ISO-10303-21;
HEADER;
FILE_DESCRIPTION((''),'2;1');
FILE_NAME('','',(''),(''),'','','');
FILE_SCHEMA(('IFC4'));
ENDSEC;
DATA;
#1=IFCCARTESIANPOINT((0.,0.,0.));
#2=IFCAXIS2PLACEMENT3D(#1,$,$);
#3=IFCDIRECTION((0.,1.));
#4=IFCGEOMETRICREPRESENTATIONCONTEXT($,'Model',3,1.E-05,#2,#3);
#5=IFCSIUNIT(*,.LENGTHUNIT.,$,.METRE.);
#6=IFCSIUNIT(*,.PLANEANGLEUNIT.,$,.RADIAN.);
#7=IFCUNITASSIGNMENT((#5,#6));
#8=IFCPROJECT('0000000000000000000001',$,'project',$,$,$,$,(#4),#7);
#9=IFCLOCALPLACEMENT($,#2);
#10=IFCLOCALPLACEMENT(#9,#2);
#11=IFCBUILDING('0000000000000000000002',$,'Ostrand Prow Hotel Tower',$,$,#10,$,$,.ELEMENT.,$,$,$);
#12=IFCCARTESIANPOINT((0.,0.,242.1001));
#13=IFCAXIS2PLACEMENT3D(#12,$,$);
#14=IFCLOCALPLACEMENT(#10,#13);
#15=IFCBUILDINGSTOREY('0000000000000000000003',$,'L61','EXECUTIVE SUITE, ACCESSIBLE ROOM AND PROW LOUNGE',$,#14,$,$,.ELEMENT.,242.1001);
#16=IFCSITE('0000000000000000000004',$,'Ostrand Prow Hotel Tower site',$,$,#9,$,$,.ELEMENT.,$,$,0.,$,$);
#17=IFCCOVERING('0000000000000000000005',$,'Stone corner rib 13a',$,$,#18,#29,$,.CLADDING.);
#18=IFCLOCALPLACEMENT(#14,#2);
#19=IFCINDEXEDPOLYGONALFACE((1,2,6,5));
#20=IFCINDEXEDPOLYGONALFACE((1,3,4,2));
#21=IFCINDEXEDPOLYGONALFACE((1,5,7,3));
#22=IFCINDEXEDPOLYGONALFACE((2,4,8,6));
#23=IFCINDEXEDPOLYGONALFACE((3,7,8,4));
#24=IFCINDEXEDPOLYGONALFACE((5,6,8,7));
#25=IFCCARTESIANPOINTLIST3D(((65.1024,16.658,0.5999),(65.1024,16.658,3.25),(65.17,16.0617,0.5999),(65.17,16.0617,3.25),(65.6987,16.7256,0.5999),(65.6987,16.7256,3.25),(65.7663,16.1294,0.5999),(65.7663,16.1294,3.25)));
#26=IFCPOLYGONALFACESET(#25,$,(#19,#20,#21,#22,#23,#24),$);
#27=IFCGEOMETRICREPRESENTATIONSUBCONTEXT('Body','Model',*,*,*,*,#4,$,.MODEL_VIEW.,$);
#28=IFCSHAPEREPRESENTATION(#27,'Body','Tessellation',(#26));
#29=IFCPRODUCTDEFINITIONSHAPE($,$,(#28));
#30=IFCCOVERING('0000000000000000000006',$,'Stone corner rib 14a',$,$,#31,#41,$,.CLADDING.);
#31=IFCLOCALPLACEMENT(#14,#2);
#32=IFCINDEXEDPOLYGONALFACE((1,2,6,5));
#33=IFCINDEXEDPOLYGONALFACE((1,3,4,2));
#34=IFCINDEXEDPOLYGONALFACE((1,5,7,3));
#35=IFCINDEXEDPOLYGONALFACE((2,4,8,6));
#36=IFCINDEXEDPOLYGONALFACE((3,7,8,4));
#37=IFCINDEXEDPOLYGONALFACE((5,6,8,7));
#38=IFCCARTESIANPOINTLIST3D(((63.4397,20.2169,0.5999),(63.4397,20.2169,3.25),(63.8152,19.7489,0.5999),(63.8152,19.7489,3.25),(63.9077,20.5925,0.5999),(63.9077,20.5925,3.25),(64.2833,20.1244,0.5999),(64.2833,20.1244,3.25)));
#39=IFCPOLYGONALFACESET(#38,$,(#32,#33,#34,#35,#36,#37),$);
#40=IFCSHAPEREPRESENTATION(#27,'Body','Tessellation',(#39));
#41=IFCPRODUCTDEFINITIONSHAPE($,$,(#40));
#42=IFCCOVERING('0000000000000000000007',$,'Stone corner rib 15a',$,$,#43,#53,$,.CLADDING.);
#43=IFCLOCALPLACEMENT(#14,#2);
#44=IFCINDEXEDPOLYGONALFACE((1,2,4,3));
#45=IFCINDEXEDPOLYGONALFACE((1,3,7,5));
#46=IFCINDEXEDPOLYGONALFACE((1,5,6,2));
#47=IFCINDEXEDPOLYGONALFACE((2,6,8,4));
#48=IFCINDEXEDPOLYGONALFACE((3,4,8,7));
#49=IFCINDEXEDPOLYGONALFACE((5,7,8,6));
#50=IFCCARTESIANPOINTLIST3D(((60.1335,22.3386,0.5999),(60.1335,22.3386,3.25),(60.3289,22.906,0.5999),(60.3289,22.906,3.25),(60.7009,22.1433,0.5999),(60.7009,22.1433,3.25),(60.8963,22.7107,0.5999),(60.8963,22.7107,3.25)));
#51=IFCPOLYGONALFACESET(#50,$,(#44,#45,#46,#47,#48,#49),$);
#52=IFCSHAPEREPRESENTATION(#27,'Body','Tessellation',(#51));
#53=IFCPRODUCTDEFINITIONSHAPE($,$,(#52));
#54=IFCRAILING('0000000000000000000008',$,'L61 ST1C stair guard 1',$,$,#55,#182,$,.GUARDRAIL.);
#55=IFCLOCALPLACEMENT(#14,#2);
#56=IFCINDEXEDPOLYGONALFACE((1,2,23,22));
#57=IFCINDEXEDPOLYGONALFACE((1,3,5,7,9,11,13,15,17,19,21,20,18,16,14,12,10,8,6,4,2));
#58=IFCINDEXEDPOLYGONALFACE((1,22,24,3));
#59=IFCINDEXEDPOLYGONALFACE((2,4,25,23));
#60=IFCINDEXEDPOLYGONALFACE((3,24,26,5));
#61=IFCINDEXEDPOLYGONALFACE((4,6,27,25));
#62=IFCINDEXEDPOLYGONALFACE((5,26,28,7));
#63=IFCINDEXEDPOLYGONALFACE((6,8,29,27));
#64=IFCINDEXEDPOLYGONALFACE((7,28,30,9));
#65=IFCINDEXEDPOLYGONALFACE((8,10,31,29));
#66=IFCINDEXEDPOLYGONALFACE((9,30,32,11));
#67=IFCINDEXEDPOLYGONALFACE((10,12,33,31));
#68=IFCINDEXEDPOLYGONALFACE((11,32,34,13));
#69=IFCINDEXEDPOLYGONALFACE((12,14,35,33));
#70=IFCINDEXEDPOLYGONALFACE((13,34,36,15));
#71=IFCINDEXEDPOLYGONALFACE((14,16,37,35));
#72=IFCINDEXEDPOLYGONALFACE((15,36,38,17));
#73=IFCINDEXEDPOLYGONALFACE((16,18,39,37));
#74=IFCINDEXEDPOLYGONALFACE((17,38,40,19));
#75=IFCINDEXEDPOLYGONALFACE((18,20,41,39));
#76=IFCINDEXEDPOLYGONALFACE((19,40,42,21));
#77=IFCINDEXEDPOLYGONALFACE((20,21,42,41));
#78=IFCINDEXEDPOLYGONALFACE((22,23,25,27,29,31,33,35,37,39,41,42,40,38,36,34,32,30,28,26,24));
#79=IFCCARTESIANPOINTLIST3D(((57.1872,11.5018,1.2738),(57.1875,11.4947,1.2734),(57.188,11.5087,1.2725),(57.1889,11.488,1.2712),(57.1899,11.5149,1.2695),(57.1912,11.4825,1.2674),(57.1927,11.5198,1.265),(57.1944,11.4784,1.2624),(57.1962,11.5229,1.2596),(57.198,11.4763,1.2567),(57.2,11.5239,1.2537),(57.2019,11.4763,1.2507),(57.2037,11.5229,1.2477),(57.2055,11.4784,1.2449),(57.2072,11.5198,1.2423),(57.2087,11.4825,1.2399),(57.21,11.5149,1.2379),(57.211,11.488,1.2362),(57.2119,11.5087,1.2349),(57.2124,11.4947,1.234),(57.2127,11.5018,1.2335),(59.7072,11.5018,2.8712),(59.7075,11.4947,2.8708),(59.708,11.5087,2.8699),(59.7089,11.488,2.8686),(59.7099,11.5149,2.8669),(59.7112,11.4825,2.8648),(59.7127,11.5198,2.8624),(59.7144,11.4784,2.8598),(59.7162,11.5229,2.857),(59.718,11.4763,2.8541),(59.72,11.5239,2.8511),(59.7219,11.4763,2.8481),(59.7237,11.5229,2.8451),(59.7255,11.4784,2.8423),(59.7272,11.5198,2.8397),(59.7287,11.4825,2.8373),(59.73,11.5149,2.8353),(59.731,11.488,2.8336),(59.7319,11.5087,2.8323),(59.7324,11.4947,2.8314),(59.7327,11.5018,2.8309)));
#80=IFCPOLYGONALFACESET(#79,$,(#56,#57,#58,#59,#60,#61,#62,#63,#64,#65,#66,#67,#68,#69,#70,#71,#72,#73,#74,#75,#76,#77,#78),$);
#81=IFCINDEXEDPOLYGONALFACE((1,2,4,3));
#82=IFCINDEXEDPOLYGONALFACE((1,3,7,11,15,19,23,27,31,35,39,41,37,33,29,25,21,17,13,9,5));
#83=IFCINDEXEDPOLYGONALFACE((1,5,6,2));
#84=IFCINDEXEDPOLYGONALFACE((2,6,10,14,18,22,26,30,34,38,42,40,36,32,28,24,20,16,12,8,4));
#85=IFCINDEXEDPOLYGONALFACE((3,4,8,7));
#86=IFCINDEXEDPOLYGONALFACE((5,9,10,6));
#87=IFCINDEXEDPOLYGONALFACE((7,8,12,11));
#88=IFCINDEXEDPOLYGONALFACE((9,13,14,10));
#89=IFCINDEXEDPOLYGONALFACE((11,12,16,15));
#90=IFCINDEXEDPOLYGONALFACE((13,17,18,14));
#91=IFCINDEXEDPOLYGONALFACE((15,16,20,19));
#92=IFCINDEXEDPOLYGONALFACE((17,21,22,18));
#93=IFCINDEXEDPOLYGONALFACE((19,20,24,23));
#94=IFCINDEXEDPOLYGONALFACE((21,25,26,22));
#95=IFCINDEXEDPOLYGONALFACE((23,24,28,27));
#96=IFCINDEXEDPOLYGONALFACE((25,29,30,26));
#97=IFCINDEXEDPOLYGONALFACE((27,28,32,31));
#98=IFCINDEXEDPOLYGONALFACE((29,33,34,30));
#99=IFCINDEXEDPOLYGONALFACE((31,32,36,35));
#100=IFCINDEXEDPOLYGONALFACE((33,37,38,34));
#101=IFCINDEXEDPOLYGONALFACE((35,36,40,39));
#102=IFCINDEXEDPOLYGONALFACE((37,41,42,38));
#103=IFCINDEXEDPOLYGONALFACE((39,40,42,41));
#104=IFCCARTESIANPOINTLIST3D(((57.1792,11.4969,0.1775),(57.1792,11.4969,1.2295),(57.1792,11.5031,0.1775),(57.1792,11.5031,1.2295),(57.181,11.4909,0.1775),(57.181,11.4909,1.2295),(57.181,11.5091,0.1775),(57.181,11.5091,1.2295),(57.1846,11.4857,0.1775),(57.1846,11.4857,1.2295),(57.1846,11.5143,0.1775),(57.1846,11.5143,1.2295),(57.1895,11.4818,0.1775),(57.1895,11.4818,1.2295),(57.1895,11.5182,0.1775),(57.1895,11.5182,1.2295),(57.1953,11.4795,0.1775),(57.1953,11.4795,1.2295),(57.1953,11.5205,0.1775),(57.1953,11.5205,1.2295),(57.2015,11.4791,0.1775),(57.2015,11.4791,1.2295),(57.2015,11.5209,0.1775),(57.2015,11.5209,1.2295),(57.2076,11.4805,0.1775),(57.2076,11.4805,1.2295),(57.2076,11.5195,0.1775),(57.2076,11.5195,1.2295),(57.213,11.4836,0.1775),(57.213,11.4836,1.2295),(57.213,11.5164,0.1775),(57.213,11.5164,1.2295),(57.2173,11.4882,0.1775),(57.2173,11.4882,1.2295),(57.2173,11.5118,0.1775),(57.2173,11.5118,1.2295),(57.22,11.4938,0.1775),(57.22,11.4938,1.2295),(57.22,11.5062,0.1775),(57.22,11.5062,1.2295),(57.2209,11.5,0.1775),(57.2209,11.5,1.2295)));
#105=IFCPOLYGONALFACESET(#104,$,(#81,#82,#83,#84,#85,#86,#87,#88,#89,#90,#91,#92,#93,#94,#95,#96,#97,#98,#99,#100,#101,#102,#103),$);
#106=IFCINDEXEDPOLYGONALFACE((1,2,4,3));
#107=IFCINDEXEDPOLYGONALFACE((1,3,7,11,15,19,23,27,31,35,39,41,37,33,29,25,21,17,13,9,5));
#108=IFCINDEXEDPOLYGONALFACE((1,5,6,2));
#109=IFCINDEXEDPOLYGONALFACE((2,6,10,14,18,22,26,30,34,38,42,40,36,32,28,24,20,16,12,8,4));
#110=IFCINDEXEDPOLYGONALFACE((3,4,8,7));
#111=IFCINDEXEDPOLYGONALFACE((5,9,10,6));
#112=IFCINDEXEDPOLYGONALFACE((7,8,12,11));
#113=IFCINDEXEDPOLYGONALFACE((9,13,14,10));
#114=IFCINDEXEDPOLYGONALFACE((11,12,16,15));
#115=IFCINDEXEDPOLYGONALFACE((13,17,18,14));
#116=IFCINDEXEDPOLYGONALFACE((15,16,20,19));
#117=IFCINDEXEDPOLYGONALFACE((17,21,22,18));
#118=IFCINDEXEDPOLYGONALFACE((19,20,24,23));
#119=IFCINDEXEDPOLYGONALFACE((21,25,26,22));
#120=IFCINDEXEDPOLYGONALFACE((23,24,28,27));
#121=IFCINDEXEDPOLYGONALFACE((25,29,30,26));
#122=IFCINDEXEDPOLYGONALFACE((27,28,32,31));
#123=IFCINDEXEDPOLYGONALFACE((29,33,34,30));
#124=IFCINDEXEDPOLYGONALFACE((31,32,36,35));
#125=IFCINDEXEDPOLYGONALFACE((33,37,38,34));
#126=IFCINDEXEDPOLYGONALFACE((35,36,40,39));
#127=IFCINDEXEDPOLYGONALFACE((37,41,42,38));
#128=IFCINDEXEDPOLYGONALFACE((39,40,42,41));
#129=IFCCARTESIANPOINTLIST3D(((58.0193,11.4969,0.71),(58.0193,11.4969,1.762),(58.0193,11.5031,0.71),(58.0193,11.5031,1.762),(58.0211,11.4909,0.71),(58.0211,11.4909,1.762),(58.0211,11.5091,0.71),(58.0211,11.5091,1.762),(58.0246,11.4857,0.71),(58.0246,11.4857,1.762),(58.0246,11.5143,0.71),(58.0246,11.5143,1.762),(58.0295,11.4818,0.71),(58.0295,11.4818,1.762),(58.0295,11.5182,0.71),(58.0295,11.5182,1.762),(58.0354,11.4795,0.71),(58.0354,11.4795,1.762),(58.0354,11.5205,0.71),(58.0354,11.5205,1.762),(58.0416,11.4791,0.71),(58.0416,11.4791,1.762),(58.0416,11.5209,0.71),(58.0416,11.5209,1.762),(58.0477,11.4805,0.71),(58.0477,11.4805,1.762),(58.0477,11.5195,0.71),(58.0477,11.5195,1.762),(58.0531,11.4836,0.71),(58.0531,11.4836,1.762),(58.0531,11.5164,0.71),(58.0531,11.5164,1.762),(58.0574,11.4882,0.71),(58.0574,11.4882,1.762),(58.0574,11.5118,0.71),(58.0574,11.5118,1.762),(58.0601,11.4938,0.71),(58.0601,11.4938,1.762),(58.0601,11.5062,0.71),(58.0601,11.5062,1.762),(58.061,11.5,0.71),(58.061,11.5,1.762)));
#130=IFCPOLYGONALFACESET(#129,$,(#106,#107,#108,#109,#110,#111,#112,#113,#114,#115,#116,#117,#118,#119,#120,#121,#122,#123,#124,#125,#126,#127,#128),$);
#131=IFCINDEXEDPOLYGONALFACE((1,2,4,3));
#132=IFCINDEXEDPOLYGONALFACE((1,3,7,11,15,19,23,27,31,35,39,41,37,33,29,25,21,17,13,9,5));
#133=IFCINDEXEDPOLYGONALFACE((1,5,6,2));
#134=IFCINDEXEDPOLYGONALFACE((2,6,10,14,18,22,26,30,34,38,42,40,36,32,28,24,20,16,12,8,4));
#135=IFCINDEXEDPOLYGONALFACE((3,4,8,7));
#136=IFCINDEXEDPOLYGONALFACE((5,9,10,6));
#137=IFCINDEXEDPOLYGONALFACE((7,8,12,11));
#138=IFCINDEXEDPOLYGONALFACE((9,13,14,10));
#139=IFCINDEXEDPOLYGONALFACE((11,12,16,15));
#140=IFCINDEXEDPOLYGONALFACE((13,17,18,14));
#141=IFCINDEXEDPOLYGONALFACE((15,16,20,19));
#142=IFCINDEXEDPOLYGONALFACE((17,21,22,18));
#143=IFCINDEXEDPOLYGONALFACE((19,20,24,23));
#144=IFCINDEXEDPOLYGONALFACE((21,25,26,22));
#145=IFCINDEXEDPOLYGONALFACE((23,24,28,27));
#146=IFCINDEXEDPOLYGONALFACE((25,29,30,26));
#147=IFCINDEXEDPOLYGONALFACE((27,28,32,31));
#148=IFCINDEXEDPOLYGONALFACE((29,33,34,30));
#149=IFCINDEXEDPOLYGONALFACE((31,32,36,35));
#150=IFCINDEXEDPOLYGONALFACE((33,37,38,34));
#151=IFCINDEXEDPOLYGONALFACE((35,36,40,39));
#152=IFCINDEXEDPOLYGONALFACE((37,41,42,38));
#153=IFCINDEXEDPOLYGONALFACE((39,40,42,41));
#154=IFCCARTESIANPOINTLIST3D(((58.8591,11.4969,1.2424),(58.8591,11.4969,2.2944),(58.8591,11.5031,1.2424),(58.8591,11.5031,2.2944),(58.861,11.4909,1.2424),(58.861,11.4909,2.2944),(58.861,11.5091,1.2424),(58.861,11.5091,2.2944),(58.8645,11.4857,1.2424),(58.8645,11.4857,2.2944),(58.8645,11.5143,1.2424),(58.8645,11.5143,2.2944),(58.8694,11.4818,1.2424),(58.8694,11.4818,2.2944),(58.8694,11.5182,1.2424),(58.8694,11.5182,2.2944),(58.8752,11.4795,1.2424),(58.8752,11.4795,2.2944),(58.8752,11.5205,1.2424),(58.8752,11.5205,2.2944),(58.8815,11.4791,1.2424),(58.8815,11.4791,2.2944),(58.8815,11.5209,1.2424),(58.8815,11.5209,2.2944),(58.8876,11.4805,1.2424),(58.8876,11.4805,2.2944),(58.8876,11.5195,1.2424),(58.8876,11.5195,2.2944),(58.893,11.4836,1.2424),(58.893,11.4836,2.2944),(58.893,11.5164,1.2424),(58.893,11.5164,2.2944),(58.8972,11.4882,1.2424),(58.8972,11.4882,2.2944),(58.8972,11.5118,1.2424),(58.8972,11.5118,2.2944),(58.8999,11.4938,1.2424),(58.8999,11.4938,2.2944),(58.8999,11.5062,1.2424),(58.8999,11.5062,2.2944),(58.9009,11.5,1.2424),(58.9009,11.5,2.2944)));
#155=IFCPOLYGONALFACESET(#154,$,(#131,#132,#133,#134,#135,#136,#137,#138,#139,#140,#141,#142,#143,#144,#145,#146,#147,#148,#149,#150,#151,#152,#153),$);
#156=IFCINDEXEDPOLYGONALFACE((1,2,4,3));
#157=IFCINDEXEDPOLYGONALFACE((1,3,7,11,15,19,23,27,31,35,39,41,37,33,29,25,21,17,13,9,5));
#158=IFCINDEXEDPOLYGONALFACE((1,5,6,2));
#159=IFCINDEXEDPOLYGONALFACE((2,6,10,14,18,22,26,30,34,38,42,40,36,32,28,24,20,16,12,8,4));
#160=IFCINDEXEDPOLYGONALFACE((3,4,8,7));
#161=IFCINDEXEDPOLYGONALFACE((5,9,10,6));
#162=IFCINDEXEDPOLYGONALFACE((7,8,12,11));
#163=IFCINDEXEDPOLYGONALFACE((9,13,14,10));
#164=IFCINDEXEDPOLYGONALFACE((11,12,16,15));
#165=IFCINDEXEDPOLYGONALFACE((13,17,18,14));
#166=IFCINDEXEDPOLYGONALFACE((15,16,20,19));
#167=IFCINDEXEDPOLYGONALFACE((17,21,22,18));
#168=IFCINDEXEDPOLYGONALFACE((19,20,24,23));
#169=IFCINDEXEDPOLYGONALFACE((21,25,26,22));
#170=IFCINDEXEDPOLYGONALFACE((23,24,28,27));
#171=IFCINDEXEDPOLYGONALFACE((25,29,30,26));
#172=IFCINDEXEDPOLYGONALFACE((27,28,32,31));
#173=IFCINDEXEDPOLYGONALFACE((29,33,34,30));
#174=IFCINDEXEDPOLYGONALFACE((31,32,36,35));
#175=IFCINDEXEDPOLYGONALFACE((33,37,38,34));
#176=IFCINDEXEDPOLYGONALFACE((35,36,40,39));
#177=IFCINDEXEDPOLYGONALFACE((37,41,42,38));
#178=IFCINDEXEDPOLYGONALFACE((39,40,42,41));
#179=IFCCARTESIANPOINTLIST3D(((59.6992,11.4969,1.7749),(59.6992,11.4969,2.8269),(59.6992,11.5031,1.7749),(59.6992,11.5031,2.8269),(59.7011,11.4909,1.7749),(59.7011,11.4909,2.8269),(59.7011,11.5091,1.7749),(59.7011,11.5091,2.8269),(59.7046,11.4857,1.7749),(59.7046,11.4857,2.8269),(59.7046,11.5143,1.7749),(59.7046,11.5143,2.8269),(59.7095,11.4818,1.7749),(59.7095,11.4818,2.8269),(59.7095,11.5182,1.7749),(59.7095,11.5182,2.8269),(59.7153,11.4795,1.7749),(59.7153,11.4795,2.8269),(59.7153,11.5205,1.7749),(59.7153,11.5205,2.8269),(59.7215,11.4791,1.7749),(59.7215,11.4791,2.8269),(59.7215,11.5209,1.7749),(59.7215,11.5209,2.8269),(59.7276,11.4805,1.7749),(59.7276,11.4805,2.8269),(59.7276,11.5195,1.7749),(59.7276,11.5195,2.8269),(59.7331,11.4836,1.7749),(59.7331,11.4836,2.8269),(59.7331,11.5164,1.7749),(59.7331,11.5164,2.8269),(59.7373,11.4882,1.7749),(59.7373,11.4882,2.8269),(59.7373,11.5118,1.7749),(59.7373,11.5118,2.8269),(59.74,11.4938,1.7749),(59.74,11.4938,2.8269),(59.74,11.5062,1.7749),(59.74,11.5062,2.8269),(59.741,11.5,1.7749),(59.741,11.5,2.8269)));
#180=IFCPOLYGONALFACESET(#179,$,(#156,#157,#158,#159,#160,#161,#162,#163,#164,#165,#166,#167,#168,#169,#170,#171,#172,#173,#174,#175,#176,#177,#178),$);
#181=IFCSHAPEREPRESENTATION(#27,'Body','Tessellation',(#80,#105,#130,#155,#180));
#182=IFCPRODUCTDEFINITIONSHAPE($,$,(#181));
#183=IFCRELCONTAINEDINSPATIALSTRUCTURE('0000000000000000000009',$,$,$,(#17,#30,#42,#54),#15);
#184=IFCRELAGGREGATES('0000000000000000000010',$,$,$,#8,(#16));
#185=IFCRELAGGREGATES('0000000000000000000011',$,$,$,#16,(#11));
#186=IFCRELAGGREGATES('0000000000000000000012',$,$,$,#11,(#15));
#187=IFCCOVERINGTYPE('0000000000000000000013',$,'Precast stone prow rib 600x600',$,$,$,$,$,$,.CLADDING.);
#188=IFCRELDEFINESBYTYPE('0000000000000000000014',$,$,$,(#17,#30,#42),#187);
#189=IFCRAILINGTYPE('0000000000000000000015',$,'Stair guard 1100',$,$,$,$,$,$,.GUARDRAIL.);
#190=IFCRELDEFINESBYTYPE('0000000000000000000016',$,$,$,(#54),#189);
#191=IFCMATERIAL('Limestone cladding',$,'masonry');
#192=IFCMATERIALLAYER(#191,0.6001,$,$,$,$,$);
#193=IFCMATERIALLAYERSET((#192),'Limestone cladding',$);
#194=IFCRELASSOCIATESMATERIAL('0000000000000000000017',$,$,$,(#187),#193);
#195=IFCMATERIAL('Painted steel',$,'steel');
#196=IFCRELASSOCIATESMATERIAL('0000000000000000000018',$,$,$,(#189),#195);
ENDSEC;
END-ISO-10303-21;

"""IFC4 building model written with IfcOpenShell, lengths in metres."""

from ifc_helpers import new_model, si_unit, direction, frame, frame_2d, origin, origin_2d, place, context, subcontext, project, spatial, rectangle, circle, extrude, material, layer, layer_set, type_object, element, save


model = new_model("IFC4")

# Units and contexts
model_context = context("Model", 3, precision=1e-05, world=origin(), true_north=direction((0.0, 1.0)))
body_context = subcontext(model_context, "Body", "Model", "MODEL_VIEW")
ifc_project = project(units=[si_unit("LENGTHUNIT", "METRE"), si_unit("PLANEANGLEUNIT", "RADIAN")], contexts=[model_context])

# Site, building, storey
site_placement = place(None, origin())
site = spatial("IfcSite", under=ifc_project, at=site_placement, Name="Ostrand Prow Hotel Tower site", CompositionType="ELEMENT", RefElevation=0.0)
building_placement = place(site_placement, origin())
building = spatial("IfcBuilding", under=site, at=building_placement, Name="Ostrand Prow Hotel Tower", CompositionType="ELEMENT")
storey_placement = place(building_placement, frame((0.0, 0.0, 242.1001)))
storey = spatial("IfcBuildingStorey", under=building, at=storey_placement, Name="L61", Description="EXECUTIVE SUITE, ACCESSIBLE ROOM AND PROW LOUNGE", CompositionType="ELEMENT", Elevation=242.1001)

# Coverings
ifc_material_1 = material(Name="Limestone cladding", Category="masonry")
ifc_layer_1 = layer(ifc_material_1, 0.6001)
ifc_layer_set_1 = layer_set([ifc_layer_1], Name="Limestone cladding")
covering_type = type_object("IfcCoveringType", Name="Precast stone prow rib 600x600", PredefinedType="CLADDING", material=ifc_layer_set_1)
for number, where, z_axis, x_axis, name in (
    (1, (65.1362, 16.3599, 0.5999), (0.0, 0.0, 1.0), (0.993628, 0.112709, 0.0), "Stone corner rib 13a"),
    (2, (63.6274, 19.9829, 0.5999), (0.0, 0.0, 1.0), (0.779995, 0.625786, 0.0), "Stone corner rib 14a"),
    (3, (60.4172, 22.241, 0.5999), (0.0, 0.0, 1.0), (0.325489, 0.945546, 0.0), "Stone corner rib 15a"),
):
    element("IfcCovering", number, at=place(storey_placement, frame(where, z_axis=z_axis, x_axis=x_axis)), inside=storey, type_object=covering_type, Name=name, PredefinedType="CLADDING", context=body_context, shape_type="SweptSolid", body=[
        extrude(rectangle(XDim=0.6001, YDim=0.6001, at=frame_2d((0.3, 0.0))), origin(), (0.0, 0.0, 1.0), 2.6501),
    ])

# Railing
ifc_material_2 = material(Name="Painted steel", Category="steel")
railing_type_1 = type_object("IfcRailingType", Name="Stair guard 1100", PredefinedType="GUARDRAIL", material=ifc_material_2)
railing_1_placement = place(storey_placement, frame((57.2, 11.5, 0.1775)))
element("IfcRailing", 4, at=railing_1_placement, inside=storey, type_object=railing_type_1, Name="L61 ST1C stair guard 1", PredefinedType="GUARDRAIL", context=body_context, shape_type="SweptSolid", body=[
    extrude(circle(Radius=0.0239, at=origin_2d()), frame((0.0, 0.0, 1.0762), z_axis=(0.844607, 0.0, 0.535387), x_axis=(0.0, 1.0, 0.0)), (0.0, 0.0, 1.0), 2.9836),
    extrude(circle(Radius=0.021, at=origin_2d()), origin(), (0.0, 0.0, 1.0), 1.052),
    extrude(circle(Radius=0.021, at=origin_2d()), frame((0.8401, 0.0, 0.5325)), (0.0, 0.0, 1.0), 1.052),
    extrude(circle(Radius=0.021, at=origin_2d()), frame((1.6799, 0.0, 1.0649)), (0.0, 0.0, 1.0), 1.052),
    extrude(circle(Radius=0.021, at=origin_2d()), frame((2.52, 0.0, 1.5974)), (0.0, 0.0, 1.0), 1.052),
])

save(model, "model.ifc")
